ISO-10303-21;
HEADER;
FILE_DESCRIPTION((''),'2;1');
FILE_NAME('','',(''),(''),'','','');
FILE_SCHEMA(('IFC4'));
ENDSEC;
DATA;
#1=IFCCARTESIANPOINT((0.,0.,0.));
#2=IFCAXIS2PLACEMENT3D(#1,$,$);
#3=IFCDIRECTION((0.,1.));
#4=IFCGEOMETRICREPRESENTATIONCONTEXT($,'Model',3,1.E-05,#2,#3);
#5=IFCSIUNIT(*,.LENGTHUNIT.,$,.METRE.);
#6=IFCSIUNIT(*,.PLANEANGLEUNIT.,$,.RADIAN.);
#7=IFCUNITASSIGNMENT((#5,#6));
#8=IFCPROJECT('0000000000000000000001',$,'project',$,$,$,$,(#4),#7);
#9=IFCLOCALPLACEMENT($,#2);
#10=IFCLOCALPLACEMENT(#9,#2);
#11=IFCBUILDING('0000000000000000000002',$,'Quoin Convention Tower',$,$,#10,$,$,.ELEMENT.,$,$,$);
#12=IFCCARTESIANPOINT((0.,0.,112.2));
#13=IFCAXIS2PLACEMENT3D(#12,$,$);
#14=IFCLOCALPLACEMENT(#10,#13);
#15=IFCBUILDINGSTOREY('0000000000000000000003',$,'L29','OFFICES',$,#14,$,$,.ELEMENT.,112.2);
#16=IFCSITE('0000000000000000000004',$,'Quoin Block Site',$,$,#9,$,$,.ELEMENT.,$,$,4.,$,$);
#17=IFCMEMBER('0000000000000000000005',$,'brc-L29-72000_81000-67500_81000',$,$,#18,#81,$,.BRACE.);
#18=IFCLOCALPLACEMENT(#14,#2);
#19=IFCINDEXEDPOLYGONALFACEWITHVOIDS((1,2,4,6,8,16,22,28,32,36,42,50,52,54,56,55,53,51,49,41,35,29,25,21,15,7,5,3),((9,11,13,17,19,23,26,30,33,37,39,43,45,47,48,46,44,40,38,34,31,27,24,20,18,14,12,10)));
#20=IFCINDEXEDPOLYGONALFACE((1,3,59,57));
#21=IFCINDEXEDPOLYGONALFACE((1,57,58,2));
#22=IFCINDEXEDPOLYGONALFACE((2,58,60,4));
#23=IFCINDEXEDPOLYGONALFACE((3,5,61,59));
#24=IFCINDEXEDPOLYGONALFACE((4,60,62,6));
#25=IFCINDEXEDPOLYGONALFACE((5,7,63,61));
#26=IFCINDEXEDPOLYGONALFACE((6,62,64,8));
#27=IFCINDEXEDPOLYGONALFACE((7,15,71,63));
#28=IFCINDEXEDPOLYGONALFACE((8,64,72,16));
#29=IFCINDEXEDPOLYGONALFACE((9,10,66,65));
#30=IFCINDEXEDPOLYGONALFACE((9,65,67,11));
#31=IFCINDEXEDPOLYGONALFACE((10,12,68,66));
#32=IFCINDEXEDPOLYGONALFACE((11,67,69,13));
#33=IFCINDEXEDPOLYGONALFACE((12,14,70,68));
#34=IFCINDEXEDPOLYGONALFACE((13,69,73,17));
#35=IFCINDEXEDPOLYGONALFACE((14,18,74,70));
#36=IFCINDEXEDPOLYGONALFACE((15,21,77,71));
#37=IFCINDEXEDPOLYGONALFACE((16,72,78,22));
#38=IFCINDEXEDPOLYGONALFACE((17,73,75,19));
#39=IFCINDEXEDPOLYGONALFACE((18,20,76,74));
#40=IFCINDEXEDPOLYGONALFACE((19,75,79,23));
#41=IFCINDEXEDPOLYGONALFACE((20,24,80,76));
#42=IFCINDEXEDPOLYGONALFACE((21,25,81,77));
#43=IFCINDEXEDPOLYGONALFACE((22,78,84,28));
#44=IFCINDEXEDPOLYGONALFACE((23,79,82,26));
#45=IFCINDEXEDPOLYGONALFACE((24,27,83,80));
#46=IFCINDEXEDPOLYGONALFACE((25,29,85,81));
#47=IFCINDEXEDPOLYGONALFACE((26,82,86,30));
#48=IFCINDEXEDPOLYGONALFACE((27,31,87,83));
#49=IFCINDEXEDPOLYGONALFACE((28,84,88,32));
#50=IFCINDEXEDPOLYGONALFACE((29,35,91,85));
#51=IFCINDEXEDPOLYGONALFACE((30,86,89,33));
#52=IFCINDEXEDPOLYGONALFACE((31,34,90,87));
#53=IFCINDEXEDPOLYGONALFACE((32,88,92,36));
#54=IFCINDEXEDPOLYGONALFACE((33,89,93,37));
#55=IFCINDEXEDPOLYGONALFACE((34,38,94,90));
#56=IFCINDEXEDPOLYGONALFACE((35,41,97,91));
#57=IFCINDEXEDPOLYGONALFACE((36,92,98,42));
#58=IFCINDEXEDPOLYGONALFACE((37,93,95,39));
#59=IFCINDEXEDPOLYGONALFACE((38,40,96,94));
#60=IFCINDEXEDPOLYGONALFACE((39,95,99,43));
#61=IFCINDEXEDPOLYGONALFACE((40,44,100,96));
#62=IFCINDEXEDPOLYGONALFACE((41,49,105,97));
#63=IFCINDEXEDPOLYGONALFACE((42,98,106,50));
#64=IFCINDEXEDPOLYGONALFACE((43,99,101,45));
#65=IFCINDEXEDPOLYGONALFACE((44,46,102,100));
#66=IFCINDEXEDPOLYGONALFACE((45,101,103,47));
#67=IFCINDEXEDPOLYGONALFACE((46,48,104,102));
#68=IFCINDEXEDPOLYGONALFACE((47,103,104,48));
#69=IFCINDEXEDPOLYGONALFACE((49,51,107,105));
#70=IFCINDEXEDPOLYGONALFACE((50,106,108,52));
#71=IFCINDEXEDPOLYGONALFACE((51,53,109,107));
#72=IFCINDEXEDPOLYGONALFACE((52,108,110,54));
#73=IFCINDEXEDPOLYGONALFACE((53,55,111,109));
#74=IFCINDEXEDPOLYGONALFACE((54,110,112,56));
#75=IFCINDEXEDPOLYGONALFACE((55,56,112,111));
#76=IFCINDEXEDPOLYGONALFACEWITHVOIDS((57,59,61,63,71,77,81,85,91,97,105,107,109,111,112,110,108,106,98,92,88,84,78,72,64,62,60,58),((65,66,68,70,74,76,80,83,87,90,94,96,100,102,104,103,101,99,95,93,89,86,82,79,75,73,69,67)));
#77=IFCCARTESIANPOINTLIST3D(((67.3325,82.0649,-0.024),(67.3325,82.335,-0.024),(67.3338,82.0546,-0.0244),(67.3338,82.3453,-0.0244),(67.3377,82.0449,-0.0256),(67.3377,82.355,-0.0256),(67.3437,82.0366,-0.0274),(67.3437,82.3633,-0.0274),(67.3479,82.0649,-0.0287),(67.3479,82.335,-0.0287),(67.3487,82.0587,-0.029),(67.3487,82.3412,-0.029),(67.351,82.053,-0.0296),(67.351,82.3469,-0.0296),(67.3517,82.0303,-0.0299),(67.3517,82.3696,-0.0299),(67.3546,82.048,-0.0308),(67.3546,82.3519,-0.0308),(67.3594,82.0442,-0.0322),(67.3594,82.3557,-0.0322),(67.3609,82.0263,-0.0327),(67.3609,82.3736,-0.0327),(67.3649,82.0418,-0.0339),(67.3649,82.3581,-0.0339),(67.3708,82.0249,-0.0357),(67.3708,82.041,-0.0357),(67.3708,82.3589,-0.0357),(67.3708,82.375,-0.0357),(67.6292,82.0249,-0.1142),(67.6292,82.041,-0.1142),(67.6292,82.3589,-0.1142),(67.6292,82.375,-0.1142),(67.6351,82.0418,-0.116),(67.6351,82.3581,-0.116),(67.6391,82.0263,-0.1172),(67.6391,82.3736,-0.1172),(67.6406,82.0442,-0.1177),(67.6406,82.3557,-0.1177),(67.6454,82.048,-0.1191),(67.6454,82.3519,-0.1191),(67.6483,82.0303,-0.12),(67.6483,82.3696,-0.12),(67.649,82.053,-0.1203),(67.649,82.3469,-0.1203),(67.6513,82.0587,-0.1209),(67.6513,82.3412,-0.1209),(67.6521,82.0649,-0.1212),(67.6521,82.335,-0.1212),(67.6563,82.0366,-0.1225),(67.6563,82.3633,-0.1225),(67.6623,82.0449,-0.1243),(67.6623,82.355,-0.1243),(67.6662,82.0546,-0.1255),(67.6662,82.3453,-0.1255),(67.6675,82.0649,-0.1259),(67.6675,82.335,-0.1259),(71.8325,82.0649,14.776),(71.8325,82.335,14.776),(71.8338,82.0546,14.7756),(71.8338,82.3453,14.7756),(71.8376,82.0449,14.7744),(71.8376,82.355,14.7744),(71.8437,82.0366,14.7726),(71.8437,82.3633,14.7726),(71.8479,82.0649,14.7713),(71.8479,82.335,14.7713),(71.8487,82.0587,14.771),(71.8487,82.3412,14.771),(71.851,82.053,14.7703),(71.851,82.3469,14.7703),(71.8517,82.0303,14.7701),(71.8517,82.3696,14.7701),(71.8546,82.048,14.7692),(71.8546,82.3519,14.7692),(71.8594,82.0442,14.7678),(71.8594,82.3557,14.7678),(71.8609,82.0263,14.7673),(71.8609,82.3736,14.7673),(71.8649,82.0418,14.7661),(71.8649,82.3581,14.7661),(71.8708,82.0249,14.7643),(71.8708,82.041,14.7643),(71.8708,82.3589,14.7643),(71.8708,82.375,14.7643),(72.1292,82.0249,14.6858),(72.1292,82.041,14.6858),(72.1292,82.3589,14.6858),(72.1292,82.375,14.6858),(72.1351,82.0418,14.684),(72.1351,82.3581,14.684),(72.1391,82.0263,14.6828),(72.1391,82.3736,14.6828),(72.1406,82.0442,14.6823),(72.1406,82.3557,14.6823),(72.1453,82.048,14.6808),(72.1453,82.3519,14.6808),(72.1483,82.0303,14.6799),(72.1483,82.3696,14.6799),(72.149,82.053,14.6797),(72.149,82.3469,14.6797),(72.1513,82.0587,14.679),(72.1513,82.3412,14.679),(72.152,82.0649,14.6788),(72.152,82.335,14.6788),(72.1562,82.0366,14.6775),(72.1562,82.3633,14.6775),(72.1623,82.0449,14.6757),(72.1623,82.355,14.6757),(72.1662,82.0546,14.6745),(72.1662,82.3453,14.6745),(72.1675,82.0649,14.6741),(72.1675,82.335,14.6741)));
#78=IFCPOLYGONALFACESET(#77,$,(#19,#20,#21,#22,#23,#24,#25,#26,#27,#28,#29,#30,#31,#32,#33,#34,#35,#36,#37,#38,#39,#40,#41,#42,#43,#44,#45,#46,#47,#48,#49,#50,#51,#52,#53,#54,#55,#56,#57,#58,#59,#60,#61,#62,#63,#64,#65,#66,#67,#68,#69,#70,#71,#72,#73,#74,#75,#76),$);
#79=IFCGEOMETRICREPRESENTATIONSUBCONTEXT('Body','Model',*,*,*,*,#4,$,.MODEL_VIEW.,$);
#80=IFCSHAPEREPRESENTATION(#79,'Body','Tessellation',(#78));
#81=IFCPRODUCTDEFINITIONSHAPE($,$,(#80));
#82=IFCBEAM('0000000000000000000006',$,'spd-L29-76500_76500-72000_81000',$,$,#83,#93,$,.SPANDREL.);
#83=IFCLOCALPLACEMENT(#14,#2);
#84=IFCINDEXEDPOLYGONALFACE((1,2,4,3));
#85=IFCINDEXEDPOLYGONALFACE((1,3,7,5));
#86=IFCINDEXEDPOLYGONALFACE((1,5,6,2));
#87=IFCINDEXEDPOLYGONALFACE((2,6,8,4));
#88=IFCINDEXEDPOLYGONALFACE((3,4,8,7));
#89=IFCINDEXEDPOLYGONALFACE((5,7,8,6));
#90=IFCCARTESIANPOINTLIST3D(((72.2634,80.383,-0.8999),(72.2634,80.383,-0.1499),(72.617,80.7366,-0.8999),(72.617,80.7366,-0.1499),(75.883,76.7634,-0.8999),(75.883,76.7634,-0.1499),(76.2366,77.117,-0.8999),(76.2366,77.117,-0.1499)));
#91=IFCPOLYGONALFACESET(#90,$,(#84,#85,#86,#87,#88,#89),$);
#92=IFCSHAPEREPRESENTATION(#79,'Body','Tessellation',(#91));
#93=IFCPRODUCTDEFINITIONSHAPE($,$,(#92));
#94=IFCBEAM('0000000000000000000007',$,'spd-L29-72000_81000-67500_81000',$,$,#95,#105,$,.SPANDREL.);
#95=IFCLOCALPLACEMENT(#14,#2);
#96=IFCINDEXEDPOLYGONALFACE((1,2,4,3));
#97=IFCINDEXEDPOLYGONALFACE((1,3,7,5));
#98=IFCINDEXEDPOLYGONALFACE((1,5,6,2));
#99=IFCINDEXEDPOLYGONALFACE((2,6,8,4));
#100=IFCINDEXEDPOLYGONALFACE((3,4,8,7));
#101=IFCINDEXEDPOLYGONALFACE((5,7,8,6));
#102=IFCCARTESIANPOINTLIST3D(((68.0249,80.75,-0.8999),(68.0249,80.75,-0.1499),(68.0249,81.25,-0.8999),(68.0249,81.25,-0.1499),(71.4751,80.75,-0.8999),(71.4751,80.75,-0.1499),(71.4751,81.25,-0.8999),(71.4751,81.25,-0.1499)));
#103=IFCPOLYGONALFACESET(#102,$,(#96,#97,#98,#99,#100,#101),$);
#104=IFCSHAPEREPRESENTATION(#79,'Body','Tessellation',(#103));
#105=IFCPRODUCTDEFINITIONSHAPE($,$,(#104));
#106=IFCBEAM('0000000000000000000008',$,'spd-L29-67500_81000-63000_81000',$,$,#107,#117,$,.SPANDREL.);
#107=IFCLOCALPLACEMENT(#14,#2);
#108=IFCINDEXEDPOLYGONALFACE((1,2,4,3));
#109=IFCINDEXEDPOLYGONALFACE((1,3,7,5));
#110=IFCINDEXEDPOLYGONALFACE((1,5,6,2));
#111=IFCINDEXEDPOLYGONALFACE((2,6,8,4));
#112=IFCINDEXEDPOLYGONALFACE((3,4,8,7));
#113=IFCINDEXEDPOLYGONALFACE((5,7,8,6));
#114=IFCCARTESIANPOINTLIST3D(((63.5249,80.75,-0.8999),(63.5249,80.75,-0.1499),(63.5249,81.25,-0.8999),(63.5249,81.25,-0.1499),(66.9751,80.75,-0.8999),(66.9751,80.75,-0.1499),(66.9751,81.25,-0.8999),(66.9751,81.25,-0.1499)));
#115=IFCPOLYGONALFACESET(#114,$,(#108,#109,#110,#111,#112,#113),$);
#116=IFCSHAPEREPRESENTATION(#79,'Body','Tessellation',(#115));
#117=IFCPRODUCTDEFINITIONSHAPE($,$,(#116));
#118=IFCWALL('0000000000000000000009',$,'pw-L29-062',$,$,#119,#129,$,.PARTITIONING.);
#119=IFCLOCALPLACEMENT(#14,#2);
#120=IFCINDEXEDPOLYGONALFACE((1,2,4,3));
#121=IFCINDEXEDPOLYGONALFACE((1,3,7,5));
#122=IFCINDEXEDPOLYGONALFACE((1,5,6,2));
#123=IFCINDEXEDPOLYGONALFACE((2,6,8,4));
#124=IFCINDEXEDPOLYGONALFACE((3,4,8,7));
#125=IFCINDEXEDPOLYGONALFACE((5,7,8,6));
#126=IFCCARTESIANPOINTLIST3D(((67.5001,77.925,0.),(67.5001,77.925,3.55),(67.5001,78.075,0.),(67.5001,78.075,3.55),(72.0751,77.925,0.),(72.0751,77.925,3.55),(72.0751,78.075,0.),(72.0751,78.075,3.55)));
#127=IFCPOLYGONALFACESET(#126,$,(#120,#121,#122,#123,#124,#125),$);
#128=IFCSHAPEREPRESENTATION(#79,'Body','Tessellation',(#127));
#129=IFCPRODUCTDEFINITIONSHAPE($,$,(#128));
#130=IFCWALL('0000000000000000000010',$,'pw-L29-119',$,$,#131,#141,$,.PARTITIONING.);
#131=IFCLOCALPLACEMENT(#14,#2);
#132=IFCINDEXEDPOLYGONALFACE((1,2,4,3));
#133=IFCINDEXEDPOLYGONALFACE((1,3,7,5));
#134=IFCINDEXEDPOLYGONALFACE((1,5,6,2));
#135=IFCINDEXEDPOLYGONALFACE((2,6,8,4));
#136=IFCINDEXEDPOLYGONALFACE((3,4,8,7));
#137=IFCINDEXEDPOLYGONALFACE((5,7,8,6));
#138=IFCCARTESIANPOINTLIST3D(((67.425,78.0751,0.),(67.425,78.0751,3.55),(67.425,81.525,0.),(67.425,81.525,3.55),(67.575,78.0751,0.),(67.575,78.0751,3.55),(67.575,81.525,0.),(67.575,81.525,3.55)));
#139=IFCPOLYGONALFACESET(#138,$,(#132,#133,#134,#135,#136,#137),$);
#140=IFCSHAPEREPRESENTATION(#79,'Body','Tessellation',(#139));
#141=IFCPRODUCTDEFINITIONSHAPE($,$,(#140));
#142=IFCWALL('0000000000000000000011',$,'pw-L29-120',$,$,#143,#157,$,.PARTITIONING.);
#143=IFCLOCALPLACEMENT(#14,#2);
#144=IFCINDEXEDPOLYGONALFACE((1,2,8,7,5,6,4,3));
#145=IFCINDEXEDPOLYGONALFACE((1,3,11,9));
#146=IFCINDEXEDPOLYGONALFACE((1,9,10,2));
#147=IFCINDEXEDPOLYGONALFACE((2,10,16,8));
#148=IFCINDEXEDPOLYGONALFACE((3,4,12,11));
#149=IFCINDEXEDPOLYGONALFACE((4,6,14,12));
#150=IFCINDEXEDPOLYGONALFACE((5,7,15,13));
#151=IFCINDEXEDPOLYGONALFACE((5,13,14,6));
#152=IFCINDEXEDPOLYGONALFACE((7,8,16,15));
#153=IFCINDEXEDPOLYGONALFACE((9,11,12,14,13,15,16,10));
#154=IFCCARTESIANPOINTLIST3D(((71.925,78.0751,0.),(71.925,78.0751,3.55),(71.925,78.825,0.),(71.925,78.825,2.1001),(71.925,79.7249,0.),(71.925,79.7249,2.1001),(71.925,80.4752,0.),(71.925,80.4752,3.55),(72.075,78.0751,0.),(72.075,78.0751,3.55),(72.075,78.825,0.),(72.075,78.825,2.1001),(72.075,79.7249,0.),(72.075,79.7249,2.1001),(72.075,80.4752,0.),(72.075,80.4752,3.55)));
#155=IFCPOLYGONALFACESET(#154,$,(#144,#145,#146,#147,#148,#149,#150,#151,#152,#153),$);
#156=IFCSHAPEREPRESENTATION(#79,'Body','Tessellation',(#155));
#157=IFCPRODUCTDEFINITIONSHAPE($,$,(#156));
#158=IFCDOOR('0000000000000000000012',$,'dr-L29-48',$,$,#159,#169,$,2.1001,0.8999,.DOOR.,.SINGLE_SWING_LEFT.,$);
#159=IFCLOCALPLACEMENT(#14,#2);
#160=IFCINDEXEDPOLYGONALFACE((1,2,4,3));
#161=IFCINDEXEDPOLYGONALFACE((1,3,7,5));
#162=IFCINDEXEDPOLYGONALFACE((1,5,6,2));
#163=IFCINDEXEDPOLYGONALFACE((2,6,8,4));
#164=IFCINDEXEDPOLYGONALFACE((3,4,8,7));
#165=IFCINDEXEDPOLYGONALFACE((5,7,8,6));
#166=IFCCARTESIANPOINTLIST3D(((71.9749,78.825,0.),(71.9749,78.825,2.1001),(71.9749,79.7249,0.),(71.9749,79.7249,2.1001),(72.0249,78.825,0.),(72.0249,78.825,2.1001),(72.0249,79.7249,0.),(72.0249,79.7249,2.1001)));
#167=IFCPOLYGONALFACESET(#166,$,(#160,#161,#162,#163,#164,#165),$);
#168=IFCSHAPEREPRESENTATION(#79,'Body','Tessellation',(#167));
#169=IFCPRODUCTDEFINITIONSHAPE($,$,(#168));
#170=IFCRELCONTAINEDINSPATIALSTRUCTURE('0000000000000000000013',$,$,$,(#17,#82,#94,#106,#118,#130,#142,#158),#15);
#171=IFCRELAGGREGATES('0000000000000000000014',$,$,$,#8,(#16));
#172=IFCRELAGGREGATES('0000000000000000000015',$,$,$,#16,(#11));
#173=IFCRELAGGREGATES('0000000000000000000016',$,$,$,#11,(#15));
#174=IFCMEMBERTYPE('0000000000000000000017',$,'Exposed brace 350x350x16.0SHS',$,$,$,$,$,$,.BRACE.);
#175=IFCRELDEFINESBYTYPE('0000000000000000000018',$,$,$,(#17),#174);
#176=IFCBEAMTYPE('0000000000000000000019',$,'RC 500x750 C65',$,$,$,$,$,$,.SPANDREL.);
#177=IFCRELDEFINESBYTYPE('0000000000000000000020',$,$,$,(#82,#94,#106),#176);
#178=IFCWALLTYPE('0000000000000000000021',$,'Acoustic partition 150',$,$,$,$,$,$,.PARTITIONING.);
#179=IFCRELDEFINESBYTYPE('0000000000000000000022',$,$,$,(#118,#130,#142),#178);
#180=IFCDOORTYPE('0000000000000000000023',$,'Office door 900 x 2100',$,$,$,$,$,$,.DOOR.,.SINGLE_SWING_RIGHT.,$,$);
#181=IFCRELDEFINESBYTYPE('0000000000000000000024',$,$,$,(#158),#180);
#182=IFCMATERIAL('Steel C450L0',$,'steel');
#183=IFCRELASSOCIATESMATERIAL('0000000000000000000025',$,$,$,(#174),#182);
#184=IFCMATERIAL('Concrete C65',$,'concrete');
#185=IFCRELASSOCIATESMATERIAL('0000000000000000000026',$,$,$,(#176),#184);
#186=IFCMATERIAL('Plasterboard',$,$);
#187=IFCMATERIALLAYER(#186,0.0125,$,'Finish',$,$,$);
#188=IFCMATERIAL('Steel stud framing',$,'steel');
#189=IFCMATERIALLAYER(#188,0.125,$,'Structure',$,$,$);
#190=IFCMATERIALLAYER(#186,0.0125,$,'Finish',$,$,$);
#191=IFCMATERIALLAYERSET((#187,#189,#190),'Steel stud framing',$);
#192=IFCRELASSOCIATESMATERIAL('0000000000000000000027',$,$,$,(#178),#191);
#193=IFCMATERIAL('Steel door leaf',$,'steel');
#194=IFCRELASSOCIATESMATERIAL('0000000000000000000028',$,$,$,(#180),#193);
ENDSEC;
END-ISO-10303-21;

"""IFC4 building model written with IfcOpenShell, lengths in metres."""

from ifc_helpers import new_model, si_unit, direction, frame, frame_2d, origin, origin_2d, place, context, subcontext, project, spatial, rectangle, hollow_rectangle, extrude, material, layer, layer_set, material_profile, profile_set, type_object, element, fill, save


model = new_model("IFC4")

# Units and contexts
model_context = context("Model", 3, precision=1e-05, world=origin(), true_north=direction((0.0, 1.0)))
body_context = subcontext(model_context, "Body", "Model", "MODEL_VIEW")
ifc_project = project(units=[si_unit("LENGTHUNIT", "METRE"), si_unit("PLANEANGLEUNIT", "RADIAN")], contexts=[model_context])

# Site, building, storey
site_placement = place(None, origin())
site = spatial("IfcSite", under=ifc_project, at=site_placement, Name="Quoin Block Site", CompositionType="ELEMENT", RefElevation=4.0)
building_placement = place(site_placement, origin())
building = spatial("IfcBuilding", under=site, at=building_placement, Name="Quoin Convention Tower", CompositionType="ELEMENT")
storey_placement = place(building_placement, frame((0.0, 0.0, 112.2)))
storey = spatial("IfcBuildingStorey", under=building, at=storey_placement, Name="L29", Description="OFFICES", CompositionType="ELEMENT", Elevation=112.2)

# Shared definitions
ifc_material_1 = material(Name="Concrete C65", Category="concrete")

# Member
ifc_material_2 = material(Name="Steel C450L0", Category="steel")
ifc_material_profile_1 = material_profile(ifc_material_2, hollow_rectangle(XDim=0.3501, YDim=0.3501, WallThickness=0.0161, InnerFilletRadius=0.0239, OuterFilletRadius=0.04, at=origin_2d()), Name="350x350x16.0SHS")
ifc_profile_set_1 = profile_set([ifc_material_profile_1], Name="Steel C450L0")
member_type = type_object("IfcMemberType", Name="Exposed brace 350x350x16.0SHS", PredefinedType="BRACE", material=ifc_profile_set_1)
member_placement = place(storey_placement, frame((67.5, 82.2, -0.075), z_axis=(0.290903, 0.0, 0.956752), x_axis=(0.0, 1.0, 0.0)))
element("IfcMember", 1, at=member_placement, inside=storey, type_object=member_type, Name="brc-L29-72000_81000-67500_81000", PredefinedType="BRACE", context=body_context, shape_type="SweptSolid", body=[
    extrude(hollow_rectangle(XDim=0.3501, YDim=0.3501, WallThickness=0.0161, InnerFilletRadius=0.0239, OuterFilletRadius=0.04, at=origin_2d()), origin(), (0.0, 0.0, 1.0), 15.469),
])

# Beams
ifc_material_profile_2 = material_profile(ifc_material_1, rectangle(XDim=0.5, YDim=0.75, at=origin_2d()), Name="RC 500x750")
ifc_profile_set_2 = profile_set([ifc_material_profile_2], Name="Concrete C65")
beam_type_1 = type_object("IfcBeamType", Name="RC 500x750 C65", PredefinedType="SPANDREL", material=ifc_profile_set_2)
beam_1_placement = place(storey_placement, frame((76.0598, 76.9402, -0.5249), z_axis=(-0.707107, 0.707107, 0.0), x_axis=(-0.707107, -0.707107, 0.0)))
element("IfcBeam", 2, at=beam_1_placement, inside=storey, type_object=beam_type_1, Name="spd-L29-76500_76500-72000_81000", PredefinedType="SPANDREL", context=body_context, shape_type="SweptSolid", body=[
    extrude(rectangle(XDim=0.5, YDim=0.75, at=origin_2d()), origin(), (0.0, 0.0, 1.0), 5.1189),
])
for number, where, z_axis, x_axis, name in (
    (3, (71.4751, 81.0, -0.5249), (-1.0, 0.0, 0.0), (0.0, -1.0, 0.0), "spd-L29-72000_81000-67500_81000"),
    (4, (66.9751, 81.0, -0.5249), (-1.0, 0.0, 0.0), (0.0, -1.0, 0.0), "spd-L29-67500_81000-63000_81000"),
):
    element("IfcBeam", number, at=place(storey_placement, frame(where, z_axis=z_axis, x_axis=x_axis)), inside=storey, type_object=beam_type_1, Name=name, PredefinedType="SPANDREL", context=body_context, shape_type="SweptSolid", body=[
        extrude(rectangle(XDim=0.5, YDim=0.75, at=origin_2d()), origin(), (0.0, 0.0, 1.0), 3.4502),
    ])

# Walls
ifc_material_3 = material(Name="Plasterboard")
ifc_layer_1 = layer(ifc_material_3, 0.0125, Name="Finish")
ifc_material_4 = material(Name="Steel stud framing", Category="steel")
ifc_layer_2 = layer(ifc_material_4, 0.125, Name="Structure")
ifc_layer_3 = layer(ifc_material_3, 0.0125, Name="Finish")
ifc_layer_set_1 = layer_set([ifc_layer_1, ifc_layer_2, ifc_layer_3], Name="Steel stud framing")
wall_type_1 = type_object("IfcWallType", Name="Acoustic partition 150", PredefinedType="PARTITIONING", material=ifc_layer_set_1)
wall_1_placement = place(storey_placement, frame((67.5, 78.0, 0.0), z_axis=(0.0, 0.0, 1.0), x_axis=(1.0, 0.0, 0.0)))
element("IfcWall", 5, at=wall_1_placement, inside=storey, type_object=wall_type_1, Name="pw-L29-062", PredefinedType="PARTITIONING", context=body_context, shape_type="SweptSolid", body=[
    extrude(rectangle(XDim=4.575, YDim=0.1499, at=frame_2d((2.2876, 0.0))), origin(), (0.0, 0.0, 1.0), 3.55),
])
wall_2_placement = place(storey_placement, frame((67.5, 78.075, 0.0), z_axis=(0.0, 0.0, 1.0), x_axis=(0.0, 1.0, 0.0)))
element("IfcWall", 6, at=wall_2_placement, inside=storey, type_object=wall_type_1, Name="pw-L29-119", PredefinedType="PARTITIONING", context=body_context, shape_type="SweptSolid", body=[
    extrude(rectangle(XDim=3.45, YDim=0.1499, at=frame_2d((1.7251, 0.0))), origin(), (0.0, 0.0, 1.0), 3.55),
])

# Wall, opening, door
wall_3_placement = place(storey_placement, frame((72.0, 78.075, 0.0), z_axis=(0.0, 0.0, 1.0), x_axis=(0.0, 1.0, 0.0)))
wall_3 = element("IfcWall", 7, at=wall_3_placement, inside=storey, type_object=wall_type_1, Name="pw-L29-120", PredefinedType="PARTITIONING", context=body_context, shape_type="SweptSolid", body=[
    extrude(rectangle(XDim=2.4001, YDim=0.1499, at=frame_2d((1.2002, 0.0))), origin(), (0.0, 0.0, 1.0), 3.55),
])
opening_1_placement = place(wall_3_placement, frame((0.75, 0.0, 0.0)))
opening_1 = element("IfcOpeningElement", 8, at=opening_1_placement, cuts=wall_3, PredefinedType="OPENING", context=body_context, shape_type="SweptSolid", body=[
    extrude(rectangle(XDim=0.8999, YDim=2.1001, at=frame_2d((0.45, 1.05))), frame((0.0, 0.085, 0.0), z_axis=(0.0, -1.0, 0.0), x_axis=(1.0, 0.0, 0.0)), (0.0, 0.0, 1.0), 0.1699),
])
ifc_material_5 = material(Name="Steel door leaf", Category="steel")
door_type = type_object("IfcDoorType", Name="Office door 900 x 2100", OperationType="SINGLE_SWING_RIGHT", PredefinedType="DOOR", material=ifc_material_5)
door_placement = place(opening_1_placement, frame((0.8999, 0.0, 0.0), z_axis=(0.0, 0.0, 1.0), x_axis=(-1.0, 0.0, 0.0)))
door = element("IfcDoor", 9, at=door_placement, inside=storey, type_object=door_type, Name="dr-L29-48", OperationType="SINGLE_SWING_LEFT", OverallHeight=2.1001, OverallWidth=0.8999, PredefinedType="DOOR", context=body_context, shape_type="SweptSolid", body=[
    extrude(rectangle(XDim=0.8999, YDim=2.1001, at=frame_2d((0.45, 1.05))), frame((0.0, 0.0249, 0.0), z_axis=(0.0, -1.0, 0.0), x_axis=(1.0, 0.0, 0.0)), (0.0, 0.0, 1.0), 0.05),
])
fill(opening_1, door)

save(model, "model.ifc")
